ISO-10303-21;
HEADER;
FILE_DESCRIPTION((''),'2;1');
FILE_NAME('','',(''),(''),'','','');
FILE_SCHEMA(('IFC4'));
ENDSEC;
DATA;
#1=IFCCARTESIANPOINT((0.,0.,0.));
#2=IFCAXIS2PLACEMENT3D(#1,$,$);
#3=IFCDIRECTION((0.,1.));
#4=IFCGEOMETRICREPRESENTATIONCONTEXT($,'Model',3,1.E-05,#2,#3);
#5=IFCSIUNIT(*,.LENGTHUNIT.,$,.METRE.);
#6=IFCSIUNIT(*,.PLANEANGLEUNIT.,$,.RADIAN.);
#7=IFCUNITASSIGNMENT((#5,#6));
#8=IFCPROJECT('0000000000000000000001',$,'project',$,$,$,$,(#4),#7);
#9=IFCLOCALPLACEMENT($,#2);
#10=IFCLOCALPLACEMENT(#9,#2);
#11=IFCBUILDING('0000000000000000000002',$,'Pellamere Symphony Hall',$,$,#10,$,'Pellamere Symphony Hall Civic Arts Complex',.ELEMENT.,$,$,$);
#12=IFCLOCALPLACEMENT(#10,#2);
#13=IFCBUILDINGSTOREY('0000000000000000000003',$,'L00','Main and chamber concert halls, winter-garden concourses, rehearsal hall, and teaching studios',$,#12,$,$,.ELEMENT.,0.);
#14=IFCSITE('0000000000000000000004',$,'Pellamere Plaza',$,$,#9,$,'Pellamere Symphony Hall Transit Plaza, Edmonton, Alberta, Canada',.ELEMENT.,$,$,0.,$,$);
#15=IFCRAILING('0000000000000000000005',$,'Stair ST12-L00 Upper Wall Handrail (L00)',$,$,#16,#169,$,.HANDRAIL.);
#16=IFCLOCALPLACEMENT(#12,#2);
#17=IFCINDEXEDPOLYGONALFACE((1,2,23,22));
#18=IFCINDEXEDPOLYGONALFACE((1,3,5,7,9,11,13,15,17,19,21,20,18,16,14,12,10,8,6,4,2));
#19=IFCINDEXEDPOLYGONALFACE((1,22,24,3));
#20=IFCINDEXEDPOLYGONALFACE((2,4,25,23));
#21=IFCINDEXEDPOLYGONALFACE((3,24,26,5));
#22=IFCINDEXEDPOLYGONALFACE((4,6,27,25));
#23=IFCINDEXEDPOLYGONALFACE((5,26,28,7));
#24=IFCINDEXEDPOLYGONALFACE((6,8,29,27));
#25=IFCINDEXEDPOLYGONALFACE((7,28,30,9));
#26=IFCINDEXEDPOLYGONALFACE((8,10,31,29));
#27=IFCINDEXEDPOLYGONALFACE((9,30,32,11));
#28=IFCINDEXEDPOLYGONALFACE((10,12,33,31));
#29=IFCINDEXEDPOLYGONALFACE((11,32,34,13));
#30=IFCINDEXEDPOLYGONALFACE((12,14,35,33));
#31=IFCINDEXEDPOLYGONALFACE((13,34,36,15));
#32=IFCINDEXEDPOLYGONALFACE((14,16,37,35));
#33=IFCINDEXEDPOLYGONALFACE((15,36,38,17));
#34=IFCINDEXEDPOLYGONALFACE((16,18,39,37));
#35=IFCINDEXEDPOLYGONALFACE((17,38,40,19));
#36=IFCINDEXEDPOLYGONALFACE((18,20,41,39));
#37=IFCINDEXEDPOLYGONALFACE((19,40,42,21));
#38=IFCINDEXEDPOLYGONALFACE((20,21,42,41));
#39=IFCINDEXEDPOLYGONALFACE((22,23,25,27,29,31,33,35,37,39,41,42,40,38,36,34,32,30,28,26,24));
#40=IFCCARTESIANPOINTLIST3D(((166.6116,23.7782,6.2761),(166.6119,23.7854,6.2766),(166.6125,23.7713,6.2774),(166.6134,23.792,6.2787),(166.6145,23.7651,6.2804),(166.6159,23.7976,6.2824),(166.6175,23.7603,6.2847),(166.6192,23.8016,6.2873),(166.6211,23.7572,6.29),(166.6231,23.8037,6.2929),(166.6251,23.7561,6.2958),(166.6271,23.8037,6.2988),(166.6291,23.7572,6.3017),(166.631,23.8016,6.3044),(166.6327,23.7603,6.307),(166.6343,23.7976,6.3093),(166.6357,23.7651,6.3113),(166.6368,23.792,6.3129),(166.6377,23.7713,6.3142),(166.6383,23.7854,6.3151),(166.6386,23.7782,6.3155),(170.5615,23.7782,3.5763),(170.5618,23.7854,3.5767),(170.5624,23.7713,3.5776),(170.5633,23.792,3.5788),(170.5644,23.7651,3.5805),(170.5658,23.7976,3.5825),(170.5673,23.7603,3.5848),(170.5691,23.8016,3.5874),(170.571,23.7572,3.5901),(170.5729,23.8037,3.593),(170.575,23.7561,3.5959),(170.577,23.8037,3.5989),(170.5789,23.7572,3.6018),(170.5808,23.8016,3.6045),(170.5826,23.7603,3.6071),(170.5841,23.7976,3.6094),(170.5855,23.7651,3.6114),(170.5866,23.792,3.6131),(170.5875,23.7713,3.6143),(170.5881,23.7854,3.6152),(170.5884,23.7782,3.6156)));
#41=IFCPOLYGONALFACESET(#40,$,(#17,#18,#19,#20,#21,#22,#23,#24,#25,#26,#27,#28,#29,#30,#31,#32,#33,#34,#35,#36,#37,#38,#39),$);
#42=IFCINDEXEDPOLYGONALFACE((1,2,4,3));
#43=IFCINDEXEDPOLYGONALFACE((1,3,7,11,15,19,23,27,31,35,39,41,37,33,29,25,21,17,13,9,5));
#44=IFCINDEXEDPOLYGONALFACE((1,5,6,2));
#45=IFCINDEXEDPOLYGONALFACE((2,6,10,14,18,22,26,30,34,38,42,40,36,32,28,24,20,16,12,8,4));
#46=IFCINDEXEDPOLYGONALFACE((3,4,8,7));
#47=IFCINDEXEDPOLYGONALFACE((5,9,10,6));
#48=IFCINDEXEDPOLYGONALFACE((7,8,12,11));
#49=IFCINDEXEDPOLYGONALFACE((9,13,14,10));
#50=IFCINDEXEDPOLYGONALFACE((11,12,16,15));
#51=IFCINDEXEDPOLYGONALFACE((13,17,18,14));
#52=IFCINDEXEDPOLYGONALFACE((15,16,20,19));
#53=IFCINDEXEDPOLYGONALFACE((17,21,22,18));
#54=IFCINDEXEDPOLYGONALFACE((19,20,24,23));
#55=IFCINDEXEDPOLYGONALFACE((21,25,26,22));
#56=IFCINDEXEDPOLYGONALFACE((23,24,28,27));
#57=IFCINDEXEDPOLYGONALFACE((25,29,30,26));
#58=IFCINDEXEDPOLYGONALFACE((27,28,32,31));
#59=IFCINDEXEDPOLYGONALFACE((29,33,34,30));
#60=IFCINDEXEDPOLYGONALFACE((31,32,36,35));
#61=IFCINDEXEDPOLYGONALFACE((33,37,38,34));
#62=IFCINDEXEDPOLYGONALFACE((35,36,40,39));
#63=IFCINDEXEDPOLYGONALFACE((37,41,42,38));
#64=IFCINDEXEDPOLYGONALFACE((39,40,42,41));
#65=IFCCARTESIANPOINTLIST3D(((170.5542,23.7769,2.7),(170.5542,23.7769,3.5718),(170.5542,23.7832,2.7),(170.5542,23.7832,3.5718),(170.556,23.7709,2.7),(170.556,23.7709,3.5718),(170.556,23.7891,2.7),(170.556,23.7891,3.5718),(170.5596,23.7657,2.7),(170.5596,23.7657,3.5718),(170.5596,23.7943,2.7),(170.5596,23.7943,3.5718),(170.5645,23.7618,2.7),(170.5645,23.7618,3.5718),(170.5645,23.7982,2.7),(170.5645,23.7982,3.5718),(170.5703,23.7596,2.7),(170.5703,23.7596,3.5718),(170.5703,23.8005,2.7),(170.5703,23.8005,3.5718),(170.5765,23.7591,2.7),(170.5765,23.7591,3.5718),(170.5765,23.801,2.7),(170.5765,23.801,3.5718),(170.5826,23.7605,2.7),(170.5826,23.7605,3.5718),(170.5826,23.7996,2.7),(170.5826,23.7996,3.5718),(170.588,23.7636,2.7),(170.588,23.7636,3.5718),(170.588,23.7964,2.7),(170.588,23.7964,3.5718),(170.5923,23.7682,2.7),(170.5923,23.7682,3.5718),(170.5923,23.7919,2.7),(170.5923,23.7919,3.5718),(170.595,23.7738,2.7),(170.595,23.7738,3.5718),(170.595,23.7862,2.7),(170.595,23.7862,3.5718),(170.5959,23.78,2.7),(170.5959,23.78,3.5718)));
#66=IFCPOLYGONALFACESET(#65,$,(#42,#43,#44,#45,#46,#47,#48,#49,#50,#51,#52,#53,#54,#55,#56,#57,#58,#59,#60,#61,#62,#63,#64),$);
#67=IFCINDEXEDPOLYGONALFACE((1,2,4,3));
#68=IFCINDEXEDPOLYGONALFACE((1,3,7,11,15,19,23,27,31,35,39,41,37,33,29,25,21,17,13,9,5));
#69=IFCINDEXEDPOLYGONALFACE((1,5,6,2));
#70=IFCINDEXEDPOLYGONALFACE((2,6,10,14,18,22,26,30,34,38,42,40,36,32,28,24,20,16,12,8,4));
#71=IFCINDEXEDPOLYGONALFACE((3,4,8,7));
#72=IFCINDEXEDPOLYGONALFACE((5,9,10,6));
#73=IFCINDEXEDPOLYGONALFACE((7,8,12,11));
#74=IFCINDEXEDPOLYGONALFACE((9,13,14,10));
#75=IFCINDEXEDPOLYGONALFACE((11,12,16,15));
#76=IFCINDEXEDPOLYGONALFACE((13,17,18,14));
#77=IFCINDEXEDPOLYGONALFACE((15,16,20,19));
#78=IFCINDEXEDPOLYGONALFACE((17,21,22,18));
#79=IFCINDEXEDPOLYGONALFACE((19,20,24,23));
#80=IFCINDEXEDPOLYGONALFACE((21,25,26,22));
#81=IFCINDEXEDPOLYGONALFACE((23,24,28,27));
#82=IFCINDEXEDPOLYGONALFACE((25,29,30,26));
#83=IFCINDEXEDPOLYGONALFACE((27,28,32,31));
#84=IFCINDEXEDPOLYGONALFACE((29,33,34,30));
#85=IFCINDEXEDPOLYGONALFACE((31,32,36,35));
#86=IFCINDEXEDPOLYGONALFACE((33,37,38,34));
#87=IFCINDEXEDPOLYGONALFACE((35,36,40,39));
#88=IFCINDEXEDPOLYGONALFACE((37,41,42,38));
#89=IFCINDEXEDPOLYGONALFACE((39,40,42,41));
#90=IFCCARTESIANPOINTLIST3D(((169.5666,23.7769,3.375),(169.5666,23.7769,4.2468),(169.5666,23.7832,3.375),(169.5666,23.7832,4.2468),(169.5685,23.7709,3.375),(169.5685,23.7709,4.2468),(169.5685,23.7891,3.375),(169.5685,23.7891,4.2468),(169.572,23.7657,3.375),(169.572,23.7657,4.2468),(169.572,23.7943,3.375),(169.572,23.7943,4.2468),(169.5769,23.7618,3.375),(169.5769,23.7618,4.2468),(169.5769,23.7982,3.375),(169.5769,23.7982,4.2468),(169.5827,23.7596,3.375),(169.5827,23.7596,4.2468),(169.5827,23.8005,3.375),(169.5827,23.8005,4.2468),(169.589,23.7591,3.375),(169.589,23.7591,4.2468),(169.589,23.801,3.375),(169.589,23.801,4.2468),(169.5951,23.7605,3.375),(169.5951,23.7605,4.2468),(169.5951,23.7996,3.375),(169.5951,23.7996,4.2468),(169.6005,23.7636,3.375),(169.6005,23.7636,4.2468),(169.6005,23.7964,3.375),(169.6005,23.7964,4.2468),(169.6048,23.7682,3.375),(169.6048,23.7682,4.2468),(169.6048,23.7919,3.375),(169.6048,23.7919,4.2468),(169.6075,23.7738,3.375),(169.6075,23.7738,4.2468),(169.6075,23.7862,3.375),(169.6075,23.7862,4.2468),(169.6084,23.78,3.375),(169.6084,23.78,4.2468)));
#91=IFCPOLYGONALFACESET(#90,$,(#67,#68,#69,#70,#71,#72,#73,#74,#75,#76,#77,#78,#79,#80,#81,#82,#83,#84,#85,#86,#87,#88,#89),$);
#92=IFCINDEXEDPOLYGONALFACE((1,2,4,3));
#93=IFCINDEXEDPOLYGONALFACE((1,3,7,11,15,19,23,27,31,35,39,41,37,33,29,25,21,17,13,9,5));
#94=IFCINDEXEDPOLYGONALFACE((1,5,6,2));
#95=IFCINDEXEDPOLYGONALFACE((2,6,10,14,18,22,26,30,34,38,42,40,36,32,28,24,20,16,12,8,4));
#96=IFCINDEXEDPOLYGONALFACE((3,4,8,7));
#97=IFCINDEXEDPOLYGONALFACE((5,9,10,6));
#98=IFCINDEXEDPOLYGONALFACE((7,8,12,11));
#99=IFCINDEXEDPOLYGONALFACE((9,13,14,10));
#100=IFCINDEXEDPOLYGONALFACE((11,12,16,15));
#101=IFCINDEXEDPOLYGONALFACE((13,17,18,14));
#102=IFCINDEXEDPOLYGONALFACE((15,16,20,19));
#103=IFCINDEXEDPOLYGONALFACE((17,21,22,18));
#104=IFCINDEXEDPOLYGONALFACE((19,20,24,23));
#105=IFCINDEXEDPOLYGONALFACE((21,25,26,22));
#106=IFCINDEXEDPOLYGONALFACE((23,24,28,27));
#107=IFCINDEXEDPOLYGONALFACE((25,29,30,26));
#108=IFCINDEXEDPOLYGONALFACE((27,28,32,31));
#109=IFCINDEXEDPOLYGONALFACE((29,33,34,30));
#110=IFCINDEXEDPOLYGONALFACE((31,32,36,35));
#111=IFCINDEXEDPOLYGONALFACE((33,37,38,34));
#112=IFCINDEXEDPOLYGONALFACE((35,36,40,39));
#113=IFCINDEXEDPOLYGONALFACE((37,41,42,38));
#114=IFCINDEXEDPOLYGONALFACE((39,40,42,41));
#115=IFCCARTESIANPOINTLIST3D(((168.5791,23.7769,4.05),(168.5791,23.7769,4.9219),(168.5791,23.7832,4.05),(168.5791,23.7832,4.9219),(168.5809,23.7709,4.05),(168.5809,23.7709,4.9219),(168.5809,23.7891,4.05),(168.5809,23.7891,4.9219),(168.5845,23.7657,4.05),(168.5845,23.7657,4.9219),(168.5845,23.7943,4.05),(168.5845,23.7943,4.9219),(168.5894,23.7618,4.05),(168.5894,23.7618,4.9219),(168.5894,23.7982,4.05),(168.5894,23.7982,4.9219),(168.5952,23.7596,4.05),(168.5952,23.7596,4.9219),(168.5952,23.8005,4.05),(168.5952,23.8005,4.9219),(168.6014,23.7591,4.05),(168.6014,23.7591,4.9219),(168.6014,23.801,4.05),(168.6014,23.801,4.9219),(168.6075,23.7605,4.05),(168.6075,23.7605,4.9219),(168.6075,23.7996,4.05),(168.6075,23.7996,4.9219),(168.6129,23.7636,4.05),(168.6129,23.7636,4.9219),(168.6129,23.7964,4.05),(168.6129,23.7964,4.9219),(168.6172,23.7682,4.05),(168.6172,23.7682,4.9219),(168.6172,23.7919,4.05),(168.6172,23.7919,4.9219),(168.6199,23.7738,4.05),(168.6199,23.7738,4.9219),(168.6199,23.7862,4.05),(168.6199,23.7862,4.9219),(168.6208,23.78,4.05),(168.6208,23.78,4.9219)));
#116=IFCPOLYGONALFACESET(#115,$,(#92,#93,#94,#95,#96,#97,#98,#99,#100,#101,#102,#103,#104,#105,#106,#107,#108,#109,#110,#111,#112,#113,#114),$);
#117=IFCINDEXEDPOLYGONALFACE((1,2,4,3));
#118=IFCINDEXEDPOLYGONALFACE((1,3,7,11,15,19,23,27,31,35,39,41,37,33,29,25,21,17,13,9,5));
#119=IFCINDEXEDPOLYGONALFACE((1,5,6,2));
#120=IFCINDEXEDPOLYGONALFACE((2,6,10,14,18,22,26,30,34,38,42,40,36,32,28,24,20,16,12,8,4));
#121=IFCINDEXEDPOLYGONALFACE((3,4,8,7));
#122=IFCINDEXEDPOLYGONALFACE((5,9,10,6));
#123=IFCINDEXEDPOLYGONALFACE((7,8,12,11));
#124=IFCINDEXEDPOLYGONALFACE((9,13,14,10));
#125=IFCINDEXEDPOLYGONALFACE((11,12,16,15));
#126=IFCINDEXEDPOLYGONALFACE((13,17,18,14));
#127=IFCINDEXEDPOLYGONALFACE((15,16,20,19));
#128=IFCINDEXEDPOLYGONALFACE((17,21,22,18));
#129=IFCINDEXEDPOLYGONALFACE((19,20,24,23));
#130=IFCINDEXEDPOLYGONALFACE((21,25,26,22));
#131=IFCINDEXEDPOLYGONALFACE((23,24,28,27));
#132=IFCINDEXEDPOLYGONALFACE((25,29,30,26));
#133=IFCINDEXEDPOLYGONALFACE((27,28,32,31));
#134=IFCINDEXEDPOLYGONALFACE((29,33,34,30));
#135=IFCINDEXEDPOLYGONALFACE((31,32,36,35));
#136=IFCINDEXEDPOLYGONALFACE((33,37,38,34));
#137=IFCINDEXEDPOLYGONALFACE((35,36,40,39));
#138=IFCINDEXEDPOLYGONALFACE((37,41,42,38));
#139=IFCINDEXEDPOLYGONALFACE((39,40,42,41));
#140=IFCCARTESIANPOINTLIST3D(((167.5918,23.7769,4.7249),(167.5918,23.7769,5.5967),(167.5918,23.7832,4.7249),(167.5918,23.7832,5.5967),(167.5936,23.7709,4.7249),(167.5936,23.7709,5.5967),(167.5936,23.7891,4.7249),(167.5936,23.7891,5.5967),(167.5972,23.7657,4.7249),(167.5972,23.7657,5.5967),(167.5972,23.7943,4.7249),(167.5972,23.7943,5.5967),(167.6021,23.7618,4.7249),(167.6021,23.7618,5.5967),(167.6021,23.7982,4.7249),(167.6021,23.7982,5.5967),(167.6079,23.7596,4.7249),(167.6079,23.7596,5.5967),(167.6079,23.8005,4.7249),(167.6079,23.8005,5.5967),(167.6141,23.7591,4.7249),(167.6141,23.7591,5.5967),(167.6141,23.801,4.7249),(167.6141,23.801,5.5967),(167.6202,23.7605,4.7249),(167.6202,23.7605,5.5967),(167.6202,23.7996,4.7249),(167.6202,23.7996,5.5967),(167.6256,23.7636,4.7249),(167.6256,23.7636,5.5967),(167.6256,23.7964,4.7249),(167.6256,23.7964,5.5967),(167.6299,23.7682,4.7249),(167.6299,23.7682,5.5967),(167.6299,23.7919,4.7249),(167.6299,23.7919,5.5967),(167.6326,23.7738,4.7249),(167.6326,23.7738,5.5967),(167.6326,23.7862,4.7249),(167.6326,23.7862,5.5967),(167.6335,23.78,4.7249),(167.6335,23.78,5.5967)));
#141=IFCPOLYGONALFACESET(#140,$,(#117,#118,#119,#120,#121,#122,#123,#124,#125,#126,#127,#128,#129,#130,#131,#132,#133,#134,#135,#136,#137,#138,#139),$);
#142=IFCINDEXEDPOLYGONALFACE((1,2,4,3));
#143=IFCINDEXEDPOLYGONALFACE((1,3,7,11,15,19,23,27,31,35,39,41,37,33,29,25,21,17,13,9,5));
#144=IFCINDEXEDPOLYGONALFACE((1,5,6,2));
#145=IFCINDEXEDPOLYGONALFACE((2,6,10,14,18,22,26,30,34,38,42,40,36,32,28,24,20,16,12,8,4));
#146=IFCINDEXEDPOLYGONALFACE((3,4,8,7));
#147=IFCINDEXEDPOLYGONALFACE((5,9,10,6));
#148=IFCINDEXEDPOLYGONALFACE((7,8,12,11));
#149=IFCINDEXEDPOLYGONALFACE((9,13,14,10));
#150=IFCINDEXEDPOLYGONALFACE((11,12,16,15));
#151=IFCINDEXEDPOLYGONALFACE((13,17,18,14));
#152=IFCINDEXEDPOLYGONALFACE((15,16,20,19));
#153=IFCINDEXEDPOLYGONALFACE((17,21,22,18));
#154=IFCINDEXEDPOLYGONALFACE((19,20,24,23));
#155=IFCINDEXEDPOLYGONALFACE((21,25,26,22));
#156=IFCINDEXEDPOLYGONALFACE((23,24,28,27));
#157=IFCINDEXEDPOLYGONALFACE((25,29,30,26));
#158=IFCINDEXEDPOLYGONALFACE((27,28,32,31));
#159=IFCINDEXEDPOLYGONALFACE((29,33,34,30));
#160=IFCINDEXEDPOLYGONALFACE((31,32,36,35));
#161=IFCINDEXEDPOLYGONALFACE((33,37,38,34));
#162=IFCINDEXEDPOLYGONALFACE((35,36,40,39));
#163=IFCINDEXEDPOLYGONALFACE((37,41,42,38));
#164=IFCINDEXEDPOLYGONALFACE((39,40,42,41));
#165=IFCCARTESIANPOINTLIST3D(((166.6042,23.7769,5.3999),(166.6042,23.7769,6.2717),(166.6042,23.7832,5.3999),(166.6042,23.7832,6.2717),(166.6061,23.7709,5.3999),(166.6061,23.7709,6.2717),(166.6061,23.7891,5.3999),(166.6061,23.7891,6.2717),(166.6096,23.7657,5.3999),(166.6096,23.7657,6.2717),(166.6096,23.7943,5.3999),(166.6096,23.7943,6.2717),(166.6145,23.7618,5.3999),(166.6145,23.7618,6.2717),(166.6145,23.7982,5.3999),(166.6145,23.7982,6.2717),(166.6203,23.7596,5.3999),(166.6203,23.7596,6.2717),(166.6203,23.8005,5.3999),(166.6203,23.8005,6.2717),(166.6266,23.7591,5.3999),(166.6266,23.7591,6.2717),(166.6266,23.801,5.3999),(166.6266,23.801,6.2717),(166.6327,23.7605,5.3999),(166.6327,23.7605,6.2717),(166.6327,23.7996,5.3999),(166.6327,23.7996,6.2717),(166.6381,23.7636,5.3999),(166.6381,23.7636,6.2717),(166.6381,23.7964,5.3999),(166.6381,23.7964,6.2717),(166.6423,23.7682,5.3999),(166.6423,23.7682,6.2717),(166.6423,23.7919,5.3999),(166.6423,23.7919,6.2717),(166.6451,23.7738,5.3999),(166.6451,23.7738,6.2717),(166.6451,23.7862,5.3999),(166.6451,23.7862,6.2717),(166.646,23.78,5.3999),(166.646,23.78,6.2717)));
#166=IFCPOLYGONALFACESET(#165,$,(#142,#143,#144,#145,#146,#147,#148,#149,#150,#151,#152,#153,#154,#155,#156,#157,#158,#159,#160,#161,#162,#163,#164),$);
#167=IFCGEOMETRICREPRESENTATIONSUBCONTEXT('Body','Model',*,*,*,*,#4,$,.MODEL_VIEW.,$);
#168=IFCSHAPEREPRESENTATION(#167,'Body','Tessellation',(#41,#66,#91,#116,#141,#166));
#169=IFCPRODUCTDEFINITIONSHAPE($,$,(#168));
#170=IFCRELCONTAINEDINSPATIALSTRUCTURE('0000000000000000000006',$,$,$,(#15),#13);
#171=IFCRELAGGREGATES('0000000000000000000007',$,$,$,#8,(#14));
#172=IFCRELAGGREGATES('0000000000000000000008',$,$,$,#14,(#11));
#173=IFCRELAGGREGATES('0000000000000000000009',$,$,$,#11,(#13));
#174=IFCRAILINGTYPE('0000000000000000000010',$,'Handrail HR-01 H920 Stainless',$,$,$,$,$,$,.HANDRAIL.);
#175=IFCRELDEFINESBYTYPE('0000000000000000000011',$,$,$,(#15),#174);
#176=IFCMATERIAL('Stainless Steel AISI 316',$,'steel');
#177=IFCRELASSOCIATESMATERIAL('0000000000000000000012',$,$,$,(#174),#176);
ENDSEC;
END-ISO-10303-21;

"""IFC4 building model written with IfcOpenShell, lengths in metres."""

from ifc_helpers import new_model, si_unit, direction, frame, origin, origin_2d, place, context, subcontext, project, spatial, circle, extrude, material, type_object, element, save


model = new_model("IFC4")

# Units and contexts
model_context = context("Model", 3, precision=1e-05, world=origin(), true_north=direction((0.0, 1.0)))
body_context = subcontext(model_context, "Body", "Model", "MODEL_VIEW")
ifc_project = project(units=[si_unit("LENGTHUNIT", "METRE"), si_unit("PLANEANGLEUNIT", "RADIAN")], contexts=[model_context])

# Site, building, storey
site_placement = place(None, origin())
site = spatial("IfcSite", under=ifc_project, at=site_placement, Name="Pellamere Plaza", LongName="Pellamere Symphony Hall Transit Plaza, Edmonton, Alberta, Canada", CompositionType="ELEMENT", RefElevation=0.0)
building_placement = place(site_placement, origin())
building = spatial("IfcBuilding", under=site, at=building_placement, Name="Pellamere Symphony Hall", LongName="Pellamere Symphony Hall Civic Arts Complex", CompositionType="ELEMENT")
storey_placement = place(building_placement, origin())
storey = spatial("IfcBuildingStorey", under=building, at=storey_placement, Name="L00", Description="Main and chamber concert halls, winter-garden concourses, rehearsal hall, and teaching studios", CompositionType="ELEMENT", Elevation=0.0)

# Railing
ifc_material_1 = material(Name="Stainless Steel AISI 316", Category="steel")
railing_type_1 = type_object("IfcRailingType", Name="Handrail HR-01 H920 Stainless", PredefinedType="HANDRAIL", material=ifc_material_1)
railing_1_placement = place(storey_placement, frame((170.575, 23.78, 2.7)))
element("IfcRailing", 1, at=railing_1_placement, inside=storey, type_object=railing_type_1, Name="Stair ST12-L00 Upper Wall Handrail (L00)", PredefinedType="HANDRAIL", context=body_context, shape_type="SweptSolid", body=[
    extrude(circle(Radius=0.0239, at=origin_2d()), frame((0.0, 0.0, 0.896), z_axis=(-0.825565, 0.0, 0.564307), x_axis=(0.0, -1.0, 0.0)), (0.0, 0.0, 1.0), 4.7844),
    extrude(circle(Radius=0.021, at=origin_2d()), origin(), (0.0, 0.0, 1.0), 0.8718),
    extrude(circle(Radius=0.021, at=origin_2d()), frame((-0.9875, 0.0, 0.675)), (0.0, 0.0, 1.0), 0.8718),
    extrude(circle(Radius=0.021, at=origin_2d()), frame((-1.9751, 0.0, 1.3501)), (0.0, 0.0, 1.0), 0.8718),
    extrude(circle(Radius=0.021, at=origin_2d()), frame((-2.9624, 0.0, 2.0249)), (0.0, 0.0, 1.0), 0.8718),
    extrude(circle(Radius=0.021, at=origin_2d()), frame((-3.95, 0.0, 2.7)), (0.0, 0.0, 1.0), 0.8718),
])

save(model, "model.ifc")
